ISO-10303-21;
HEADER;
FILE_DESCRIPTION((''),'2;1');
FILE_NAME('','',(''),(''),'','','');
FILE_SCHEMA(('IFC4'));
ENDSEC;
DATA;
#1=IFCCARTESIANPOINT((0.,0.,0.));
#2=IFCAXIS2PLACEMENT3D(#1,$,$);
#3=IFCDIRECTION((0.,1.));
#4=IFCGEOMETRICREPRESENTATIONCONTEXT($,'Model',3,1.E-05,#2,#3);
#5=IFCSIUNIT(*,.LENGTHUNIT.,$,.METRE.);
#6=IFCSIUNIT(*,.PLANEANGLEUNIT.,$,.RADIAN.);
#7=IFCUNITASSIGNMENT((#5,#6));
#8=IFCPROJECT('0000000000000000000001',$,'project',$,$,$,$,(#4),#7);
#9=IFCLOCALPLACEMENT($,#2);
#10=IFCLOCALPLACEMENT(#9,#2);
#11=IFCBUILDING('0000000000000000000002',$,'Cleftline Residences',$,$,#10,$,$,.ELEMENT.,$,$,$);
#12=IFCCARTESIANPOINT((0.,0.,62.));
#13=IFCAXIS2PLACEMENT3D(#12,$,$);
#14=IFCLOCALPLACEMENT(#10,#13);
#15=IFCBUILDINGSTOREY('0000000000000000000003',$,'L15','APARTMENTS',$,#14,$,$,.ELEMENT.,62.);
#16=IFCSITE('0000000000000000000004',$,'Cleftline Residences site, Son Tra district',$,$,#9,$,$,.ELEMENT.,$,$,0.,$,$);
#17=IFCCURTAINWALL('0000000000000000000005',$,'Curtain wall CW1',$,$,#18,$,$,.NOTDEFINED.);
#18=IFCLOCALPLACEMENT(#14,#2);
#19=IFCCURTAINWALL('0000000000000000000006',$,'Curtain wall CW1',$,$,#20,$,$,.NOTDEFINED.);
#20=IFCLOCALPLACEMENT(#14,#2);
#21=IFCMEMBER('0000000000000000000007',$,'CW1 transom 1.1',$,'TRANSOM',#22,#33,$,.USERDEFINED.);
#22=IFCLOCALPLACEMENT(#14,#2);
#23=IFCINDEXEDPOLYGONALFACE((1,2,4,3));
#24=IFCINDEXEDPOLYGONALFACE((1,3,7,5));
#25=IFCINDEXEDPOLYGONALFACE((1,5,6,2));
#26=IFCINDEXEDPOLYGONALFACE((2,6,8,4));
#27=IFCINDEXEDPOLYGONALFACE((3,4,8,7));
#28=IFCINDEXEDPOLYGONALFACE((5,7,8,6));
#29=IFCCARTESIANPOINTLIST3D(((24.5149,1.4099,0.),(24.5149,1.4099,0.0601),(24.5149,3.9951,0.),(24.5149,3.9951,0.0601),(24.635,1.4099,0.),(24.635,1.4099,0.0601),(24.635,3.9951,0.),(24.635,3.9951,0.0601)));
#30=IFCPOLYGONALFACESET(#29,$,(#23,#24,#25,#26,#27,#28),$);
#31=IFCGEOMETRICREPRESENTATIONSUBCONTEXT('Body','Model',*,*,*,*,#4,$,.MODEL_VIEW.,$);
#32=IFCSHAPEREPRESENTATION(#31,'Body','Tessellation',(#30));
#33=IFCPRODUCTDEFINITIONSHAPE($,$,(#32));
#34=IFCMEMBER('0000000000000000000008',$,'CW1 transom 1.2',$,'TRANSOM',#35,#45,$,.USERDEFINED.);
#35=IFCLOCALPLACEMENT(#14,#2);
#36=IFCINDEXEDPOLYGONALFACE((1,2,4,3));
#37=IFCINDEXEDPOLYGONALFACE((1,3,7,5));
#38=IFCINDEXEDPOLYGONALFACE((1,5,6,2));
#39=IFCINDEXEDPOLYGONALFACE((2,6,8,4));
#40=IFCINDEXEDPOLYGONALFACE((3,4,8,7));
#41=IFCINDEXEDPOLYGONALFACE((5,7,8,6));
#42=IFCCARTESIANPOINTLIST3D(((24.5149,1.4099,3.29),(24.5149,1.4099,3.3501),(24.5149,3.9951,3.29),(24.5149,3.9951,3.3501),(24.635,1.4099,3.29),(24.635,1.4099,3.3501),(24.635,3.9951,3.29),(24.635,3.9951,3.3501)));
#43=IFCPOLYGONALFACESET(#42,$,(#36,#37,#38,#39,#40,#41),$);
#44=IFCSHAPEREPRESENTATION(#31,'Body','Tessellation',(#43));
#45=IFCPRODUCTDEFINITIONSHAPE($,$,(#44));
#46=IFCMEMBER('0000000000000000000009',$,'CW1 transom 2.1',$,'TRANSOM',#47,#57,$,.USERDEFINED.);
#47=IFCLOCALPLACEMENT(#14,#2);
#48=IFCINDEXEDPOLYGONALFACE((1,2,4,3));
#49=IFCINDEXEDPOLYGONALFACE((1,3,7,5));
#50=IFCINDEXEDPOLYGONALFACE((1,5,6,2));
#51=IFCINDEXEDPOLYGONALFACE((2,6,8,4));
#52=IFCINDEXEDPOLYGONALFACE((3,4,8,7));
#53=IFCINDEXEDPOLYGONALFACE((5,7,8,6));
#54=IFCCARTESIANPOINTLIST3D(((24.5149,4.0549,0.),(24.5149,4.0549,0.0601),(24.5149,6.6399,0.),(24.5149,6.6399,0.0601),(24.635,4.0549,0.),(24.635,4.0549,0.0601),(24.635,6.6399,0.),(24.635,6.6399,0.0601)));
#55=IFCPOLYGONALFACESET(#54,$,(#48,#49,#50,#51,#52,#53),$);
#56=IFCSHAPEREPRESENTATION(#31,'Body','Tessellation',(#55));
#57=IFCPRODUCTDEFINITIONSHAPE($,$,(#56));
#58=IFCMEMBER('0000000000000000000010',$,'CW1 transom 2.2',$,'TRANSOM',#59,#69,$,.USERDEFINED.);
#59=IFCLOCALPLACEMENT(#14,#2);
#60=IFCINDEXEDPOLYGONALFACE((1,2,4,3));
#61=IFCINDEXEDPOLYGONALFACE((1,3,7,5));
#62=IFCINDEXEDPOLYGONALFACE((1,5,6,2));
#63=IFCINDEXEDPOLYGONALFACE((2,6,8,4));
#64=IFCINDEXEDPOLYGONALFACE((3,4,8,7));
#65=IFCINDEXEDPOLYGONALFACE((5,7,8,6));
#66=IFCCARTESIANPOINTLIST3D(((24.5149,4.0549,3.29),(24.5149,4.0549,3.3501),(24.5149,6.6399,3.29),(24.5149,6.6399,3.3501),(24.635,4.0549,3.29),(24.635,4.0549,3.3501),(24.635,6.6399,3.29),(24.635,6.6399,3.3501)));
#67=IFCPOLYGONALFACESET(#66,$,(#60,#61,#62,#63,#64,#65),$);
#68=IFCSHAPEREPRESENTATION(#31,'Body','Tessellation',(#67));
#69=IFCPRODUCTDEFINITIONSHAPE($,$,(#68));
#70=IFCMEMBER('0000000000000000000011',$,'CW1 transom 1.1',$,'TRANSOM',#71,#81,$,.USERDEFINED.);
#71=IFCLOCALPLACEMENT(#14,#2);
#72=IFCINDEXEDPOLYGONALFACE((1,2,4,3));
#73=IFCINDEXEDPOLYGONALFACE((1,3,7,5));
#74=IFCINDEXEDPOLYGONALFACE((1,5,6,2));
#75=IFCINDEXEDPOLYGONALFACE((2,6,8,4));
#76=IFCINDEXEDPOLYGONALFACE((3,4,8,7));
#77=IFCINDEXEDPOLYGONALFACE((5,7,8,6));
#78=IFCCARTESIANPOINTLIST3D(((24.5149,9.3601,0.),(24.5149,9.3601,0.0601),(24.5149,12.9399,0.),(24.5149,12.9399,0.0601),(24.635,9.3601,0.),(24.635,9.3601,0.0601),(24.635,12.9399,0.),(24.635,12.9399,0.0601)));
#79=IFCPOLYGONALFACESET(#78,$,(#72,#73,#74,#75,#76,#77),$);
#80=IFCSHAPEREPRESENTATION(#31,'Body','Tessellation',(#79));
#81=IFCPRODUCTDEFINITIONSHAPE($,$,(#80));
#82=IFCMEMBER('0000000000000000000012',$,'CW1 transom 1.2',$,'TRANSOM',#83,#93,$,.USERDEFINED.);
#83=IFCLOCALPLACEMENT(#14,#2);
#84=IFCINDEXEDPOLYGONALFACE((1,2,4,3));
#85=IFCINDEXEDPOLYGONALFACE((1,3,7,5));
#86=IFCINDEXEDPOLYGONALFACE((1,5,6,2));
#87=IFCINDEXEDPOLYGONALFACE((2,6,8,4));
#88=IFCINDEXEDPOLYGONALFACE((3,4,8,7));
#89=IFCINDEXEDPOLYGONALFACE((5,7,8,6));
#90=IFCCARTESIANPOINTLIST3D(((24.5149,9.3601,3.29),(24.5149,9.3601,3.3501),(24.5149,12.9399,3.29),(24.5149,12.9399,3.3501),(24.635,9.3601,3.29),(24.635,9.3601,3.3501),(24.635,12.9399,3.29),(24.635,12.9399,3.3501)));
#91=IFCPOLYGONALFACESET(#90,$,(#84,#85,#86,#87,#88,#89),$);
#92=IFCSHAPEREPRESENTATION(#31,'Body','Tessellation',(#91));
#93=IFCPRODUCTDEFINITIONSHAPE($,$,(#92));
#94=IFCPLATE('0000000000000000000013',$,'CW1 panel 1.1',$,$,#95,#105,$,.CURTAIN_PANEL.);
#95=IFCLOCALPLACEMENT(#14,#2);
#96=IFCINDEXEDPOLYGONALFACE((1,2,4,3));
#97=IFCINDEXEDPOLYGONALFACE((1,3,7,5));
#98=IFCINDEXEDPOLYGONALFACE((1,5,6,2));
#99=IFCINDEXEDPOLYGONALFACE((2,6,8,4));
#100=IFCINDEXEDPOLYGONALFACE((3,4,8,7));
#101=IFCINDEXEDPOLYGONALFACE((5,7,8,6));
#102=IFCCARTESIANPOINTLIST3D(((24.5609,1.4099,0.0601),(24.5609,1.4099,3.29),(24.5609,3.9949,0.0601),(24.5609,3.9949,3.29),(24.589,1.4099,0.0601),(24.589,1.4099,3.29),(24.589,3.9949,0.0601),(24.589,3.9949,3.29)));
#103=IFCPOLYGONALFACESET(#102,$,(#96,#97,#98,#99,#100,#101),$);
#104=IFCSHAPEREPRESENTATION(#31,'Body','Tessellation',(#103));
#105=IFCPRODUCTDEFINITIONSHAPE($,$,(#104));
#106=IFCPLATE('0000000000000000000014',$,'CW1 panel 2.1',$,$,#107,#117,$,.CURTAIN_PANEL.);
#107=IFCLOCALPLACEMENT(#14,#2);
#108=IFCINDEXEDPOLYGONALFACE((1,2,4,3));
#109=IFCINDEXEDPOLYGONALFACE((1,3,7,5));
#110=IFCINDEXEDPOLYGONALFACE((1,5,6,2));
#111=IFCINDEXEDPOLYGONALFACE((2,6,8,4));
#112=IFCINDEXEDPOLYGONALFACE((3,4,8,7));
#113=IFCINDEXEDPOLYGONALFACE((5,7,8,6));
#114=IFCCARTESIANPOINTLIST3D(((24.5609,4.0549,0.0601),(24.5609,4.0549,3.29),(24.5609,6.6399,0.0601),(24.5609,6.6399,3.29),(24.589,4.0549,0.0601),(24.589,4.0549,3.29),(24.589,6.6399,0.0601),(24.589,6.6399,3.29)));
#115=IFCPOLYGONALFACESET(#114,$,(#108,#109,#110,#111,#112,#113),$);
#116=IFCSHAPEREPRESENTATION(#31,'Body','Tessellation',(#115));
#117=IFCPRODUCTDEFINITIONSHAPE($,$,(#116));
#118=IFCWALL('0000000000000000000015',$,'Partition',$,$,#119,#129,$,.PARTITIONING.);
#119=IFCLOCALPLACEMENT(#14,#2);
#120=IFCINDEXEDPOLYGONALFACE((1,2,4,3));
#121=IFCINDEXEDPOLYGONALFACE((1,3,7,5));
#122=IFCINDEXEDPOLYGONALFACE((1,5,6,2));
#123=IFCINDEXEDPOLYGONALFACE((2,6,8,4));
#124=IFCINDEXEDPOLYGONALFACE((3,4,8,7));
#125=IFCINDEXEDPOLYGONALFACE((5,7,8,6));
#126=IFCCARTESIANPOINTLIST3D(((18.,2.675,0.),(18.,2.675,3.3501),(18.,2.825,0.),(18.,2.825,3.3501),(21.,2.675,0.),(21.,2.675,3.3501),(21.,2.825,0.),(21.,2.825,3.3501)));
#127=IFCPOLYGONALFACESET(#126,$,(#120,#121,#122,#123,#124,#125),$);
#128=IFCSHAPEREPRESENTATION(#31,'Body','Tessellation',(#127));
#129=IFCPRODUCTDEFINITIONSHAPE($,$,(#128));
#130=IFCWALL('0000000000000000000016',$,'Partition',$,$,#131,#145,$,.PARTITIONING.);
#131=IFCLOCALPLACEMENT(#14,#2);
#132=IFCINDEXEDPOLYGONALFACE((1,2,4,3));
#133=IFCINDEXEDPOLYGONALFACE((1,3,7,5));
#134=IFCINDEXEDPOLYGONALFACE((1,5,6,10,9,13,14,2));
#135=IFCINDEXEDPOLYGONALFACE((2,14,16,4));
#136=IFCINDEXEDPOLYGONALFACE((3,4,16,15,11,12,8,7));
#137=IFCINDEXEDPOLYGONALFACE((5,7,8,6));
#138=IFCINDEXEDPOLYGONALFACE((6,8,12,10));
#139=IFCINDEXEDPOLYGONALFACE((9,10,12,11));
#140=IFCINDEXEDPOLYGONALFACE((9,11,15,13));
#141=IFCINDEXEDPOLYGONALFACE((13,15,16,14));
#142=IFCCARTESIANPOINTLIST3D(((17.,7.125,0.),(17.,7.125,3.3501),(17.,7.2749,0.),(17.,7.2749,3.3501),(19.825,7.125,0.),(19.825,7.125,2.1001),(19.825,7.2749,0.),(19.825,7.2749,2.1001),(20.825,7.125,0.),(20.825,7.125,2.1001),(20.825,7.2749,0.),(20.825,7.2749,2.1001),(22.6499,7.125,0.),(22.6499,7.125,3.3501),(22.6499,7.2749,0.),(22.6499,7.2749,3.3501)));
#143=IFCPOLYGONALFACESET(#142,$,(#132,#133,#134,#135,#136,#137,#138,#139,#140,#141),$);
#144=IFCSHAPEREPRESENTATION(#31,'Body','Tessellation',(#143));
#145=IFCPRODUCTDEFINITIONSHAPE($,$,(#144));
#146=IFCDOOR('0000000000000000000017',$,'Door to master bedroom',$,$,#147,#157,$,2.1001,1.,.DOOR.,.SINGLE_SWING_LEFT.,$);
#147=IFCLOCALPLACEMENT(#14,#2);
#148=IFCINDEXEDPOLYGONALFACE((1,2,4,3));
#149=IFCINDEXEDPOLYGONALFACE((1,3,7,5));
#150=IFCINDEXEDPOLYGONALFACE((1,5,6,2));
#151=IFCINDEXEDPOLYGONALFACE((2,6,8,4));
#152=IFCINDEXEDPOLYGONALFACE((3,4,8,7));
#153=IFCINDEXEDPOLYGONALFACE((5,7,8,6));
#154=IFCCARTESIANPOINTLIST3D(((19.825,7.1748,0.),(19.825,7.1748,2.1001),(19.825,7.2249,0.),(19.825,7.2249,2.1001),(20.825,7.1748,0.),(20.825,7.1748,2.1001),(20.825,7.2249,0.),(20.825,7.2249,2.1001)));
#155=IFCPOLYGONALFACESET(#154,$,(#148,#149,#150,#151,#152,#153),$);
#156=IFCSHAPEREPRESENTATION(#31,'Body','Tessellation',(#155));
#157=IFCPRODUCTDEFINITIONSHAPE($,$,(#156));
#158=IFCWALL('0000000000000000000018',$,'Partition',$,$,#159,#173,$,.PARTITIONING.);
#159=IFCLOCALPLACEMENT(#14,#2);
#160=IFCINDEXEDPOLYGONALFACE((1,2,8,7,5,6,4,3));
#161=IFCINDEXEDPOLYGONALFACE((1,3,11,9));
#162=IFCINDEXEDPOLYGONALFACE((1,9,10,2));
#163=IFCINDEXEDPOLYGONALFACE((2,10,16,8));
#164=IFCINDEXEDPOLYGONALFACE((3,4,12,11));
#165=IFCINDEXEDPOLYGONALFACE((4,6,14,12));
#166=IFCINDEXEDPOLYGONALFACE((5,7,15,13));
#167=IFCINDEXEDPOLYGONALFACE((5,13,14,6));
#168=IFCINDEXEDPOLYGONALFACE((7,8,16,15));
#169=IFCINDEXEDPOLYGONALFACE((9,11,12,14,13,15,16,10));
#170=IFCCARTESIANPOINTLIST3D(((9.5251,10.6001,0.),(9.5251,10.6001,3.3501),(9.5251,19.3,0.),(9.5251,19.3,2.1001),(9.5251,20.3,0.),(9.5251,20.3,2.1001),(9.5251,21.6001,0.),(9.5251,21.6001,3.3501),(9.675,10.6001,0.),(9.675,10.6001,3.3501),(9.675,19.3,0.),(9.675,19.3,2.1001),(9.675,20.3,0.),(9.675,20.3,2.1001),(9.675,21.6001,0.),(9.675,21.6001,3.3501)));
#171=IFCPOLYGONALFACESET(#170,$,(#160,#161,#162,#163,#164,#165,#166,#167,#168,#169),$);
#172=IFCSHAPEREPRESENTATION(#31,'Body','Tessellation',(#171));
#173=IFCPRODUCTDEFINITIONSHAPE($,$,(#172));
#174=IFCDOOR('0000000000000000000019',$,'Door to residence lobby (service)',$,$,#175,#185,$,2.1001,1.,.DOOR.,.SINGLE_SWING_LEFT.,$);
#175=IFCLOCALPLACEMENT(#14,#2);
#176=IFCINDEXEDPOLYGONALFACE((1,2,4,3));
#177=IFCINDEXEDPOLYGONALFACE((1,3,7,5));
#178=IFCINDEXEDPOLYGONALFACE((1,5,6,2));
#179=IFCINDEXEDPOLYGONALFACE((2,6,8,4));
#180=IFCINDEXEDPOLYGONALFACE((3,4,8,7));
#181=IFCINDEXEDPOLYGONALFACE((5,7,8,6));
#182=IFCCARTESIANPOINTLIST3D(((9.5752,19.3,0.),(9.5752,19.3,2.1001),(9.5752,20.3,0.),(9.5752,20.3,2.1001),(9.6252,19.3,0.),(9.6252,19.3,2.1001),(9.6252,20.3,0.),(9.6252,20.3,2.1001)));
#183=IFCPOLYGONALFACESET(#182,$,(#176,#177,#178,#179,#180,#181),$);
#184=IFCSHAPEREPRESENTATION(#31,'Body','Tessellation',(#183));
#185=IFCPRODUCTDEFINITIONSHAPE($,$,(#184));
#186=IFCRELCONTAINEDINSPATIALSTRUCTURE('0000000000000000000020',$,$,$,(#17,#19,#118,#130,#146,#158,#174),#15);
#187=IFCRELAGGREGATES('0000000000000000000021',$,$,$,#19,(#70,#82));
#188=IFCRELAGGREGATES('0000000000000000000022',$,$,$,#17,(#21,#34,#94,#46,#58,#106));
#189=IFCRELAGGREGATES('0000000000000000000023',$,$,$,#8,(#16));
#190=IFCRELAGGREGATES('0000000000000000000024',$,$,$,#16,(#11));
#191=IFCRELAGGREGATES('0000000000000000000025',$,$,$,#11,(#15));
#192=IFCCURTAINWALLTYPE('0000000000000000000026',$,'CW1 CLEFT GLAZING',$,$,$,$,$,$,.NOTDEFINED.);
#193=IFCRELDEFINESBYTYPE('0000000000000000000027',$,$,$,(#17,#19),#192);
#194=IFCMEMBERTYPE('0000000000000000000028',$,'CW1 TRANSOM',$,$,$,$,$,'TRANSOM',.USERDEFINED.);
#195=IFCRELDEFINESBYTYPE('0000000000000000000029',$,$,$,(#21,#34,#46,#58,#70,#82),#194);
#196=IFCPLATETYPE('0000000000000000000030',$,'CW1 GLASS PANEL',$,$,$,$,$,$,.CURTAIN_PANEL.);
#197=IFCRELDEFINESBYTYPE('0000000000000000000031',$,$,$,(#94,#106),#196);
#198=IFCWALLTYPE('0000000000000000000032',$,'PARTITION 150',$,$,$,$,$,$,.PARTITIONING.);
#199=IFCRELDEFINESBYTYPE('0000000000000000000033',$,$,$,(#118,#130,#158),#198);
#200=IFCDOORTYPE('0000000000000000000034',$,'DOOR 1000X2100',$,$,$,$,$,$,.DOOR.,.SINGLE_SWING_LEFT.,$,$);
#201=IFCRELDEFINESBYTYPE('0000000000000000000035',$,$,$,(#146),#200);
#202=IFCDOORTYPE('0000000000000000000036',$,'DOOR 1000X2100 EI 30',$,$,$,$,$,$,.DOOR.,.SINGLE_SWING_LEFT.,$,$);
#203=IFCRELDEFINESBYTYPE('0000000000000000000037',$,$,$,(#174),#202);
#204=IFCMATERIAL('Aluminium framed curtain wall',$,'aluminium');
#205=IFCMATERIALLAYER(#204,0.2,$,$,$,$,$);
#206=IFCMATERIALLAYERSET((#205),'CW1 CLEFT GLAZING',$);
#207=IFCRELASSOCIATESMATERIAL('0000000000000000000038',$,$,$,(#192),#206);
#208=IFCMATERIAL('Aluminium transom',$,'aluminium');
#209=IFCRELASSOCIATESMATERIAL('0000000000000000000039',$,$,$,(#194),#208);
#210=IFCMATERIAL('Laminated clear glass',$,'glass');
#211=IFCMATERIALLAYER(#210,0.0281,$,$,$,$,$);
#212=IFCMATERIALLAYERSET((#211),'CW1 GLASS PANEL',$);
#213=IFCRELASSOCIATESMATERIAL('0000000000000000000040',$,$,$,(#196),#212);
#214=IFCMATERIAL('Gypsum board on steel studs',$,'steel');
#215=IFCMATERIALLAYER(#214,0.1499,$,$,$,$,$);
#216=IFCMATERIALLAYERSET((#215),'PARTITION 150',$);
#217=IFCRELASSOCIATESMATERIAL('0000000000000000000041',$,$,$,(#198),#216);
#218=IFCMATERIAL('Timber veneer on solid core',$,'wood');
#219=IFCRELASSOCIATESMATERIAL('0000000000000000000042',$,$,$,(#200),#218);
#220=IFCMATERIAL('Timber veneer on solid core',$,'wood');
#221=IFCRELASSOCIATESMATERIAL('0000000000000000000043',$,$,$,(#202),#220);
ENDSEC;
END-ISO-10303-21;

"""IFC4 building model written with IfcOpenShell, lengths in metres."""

from ifc_helpers import new_model, si_unit, direction, frame, frame_2d, origin, origin_2d, place, context, subcontext, project, spatial, rectangle, extrude, material, layer, layer_set, material_profile, profile_set, type_object, element, fill, aggregate, save


model = new_model("IFC4")

# Units and contexts
model_context = context("Model", 3, precision=1e-05, world=origin(), true_north=direction((0.0, 1.0)))
body_context = subcontext(model_context, "Body", "Model", "MODEL_VIEW")
ifc_project = project(units=[si_unit("LENGTHUNIT", "METRE"), si_unit("PLANEANGLEUNIT", "RADIAN")], contexts=[model_context])

# Site, building, storey
site_placement = place(None, origin())
site = spatial("IfcSite", under=ifc_project, at=site_placement, Name="Cleftline Residences site, Son Tra district", CompositionType="ELEMENT", RefElevation=0.0)
building_placement = place(site_placement, origin())
building = spatial("IfcBuilding", under=site, at=building_placement, Name="Cleftline Residences", CompositionType="ELEMENT")
storey_placement = place(building_placement, frame((0.0, 0.0, 62.0)))
storey = spatial("IfcBuildingStorey", under=building, at=storey_placement, Name="L15", Description="APARTMENTS", CompositionType="ELEMENT", Elevation=62.0)

# Curtain wall
ifc_material_1 = material(Name="Aluminium framed curtain wall", Category="aluminium")
ifc_layer_1 = layer(ifc_material_1, 0.2)
ifc_layer_set_1 = layer_set([ifc_layer_1], Name="CW1 CLEFT GLAZING")
curtain_wall_type = type_object("IfcCurtainWallType", Name="CW1 CLEFT GLAZING", PredefinedType="NOTDEFINED", material=ifc_layer_set_1)
curtain_wall_1_placement = place(storey_placement, origin())
curtain_wall_1 = element("IfcCurtainWall", 1, at=curtain_wall_1_placement, inside=storey, type_object=curtain_wall_type, Name="Curtain wall CW1", PredefinedType="NOTDEFINED")

# Curtain wall
curtain_wall_2_placement = place(storey_placement, origin())
curtain_wall_2 = element("IfcCurtainWall", 2, at=curtain_wall_2_placement, inside=storey, type_object=curtain_wall_type, Name="Curtain wall CW1", PredefinedType="NOTDEFINED")

# Members
ifc_material_2 = material(Name="Aluminium transom", Category="aluminium")
ifc_material_profile_1 = material_profile(ifc_material_2, rectangle(XDim=0.1201, YDim=0.0601, at=origin_2d()))
ifc_profile_set_1 = profile_set([ifc_material_profile_1], Name="Aluminium transom")
member_type_1 = type_object("IfcMemberType", Name="CW1 TRANSOM", ElementType="TRANSOM", PredefinedType="USERDEFINED", material=ifc_profile_set_1)
member_1_placement = place(storey_placement, frame((24.575, 1.4099, 0.03), z_axis=(0.0, 1.0, 0.0), x_axis=(-1.0, 0.0, 0.0)))
member_1 = element("IfcMember", 3, at=member_1_placement, type_object=member_type_1, Name="CW1 transom 1.1", ObjectType="TRANSOM", PredefinedType="USERDEFINED", context=body_context, shape_type="SweptSolid", body=[
    extrude(rectangle(XDim=0.1201, YDim=0.0601, at=origin_2d()), origin(), (0.0, 0.0, 1.0), 2.5852),
])
member_2_placement = place(storey_placement, frame((24.575, 1.4099, 3.3201), z_axis=(0.0, 1.0, 0.0), x_axis=(-1.0, 0.0, 0.0)))
member_2 = element("IfcMember", 4, at=member_2_placement, type_object=member_type_1, Name="CW1 transom 1.2", ObjectType="TRANSOM", PredefinedType="USERDEFINED", context=body_context, shape_type="SweptSolid", body=[
    extrude(rectangle(XDim=0.1201, YDim=0.0601, at=origin_2d()), origin(), (0.0, 0.0, 1.0), 2.5852),
])
member_3_placement = place(storey_placement, frame((24.575, 4.0549, 0.03), z_axis=(0.0, 1.0, 0.0), x_axis=(-1.0, 0.0, 0.0)))
member_3 = element("IfcMember", 5, at=member_3_placement, type_object=member_type_1, Name="CW1 transom 2.1", ObjectType="TRANSOM", PredefinedType="USERDEFINED", context=body_context, shape_type="SweptSolid", body=[
    extrude(rectangle(XDim=0.1201, YDim=0.0601, at=origin_2d()), origin(), (0.0, 0.0, 1.0), 2.585),
])
member_4_placement = place(storey_placement, frame((24.575, 4.0549, 3.3201), z_axis=(0.0, 1.0, 0.0), x_axis=(-1.0, 0.0, 0.0)))
member_4 = element("IfcMember", 6, at=member_4_placement, type_object=member_type_1, Name="CW1 transom 2.2", ObjectType="TRANSOM", PredefinedType="USERDEFINED", context=body_context, shape_type="SweptSolid", body=[
    extrude(rectangle(XDim=0.1201, YDim=0.0601, at=origin_2d()), origin(), (0.0, 0.0, 1.0), 2.585),
])
member_5_placement = place(storey_placement, frame((24.575, 9.3601, 0.03), z_axis=(0.0, 1.0, 0.0), x_axis=(-1.0, 0.0, 0.0)))
member_5 = element("IfcMember", 7, at=member_5_placement, type_object=member_type_1, Name="CW1 transom 1.1", ObjectType="TRANSOM", PredefinedType="USERDEFINED", context=body_context, shape_type="SweptSolid", body=[
    extrude(rectangle(XDim=0.1201, YDim=0.0601, at=origin_2d()), origin(), (0.0, 0.0, 1.0), 3.5798),
])
member_6_placement = place(storey_placement, frame((24.575, 9.3601, 3.3201), z_axis=(0.0, 1.0, 0.0), x_axis=(-1.0, 0.0, 0.0)))
member_6 = element("IfcMember", 8, at=member_6_placement, type_object=member_type_1, Name="CW1 transom 1.2", ObjectType="TRANSOM", PredefinedType="USERDEFINED", context=body_context, shape_type="SweptSolid", body=[
    extrude(rectangle(XDim=0.1201, YDim=0.0601, at=origin_2d()), origin(), (0.0, 0.0, 1.0), 3.5798),
])
aggregate(curtain_wall_2, [member_5, member_6])

# Plates
ifc_material_3 = material(Name="Laminated clear glass", Category="glass")
ifc_layer_2 = layer(ifc_material_3, 0.0281)
ifc_layer_set_2 = layer_set([ifc_layer_2], Name="CW1 GLASS PANEL")
plate_type = type_object("IfcPlateType", Name="CW1 GLASS PANEL", PredefinedType="CURTAIN_PANEL", material=ifc_layer_set_2)
plate_1_placement = place(storey_placement, frame((24.575, 2.7024, 0.0601), z_axis=(0.0, 0.0, 1.0), x_axis=(0.0, 1.0, 0.0)))
plate_1 = element("IfcPlate", 9, at=plate_1_placement, type_object=plate_type, Name="CW1 panel 1.1", PredefinedType="CURTAIN_PANEL", context=body_context, shape_type="SweptSolid", body=[
    extrude(rectangle(XDim=2.585, YDim=0.0281, at=origin_2d()), origin(), (0.0, 0.0, 1.0), 3.23),
])
plate_2_placement = place(storey_placement, frame((24.575, 5.3474, 0.0601), z_axis=(0.0, 0.0, 1.0), x_axis=(0.0, 1.0, 0.0)))
plate_2 = element("IfcPlate", 10, at=plate_2_placement, type_object=plate_type, Name="CW1 panel 2.1", PredefinedType="CURTAIN_PANEL", context=body_context, shape_type="SweptSolid", body=[
    extrude(rectangle(XDim=2.585, YDim=0.0281, at=origin_2d()), origin(), (0.0, 0.0, 1.0), 3.23),
])
aggregate(curtain_wall_1, [member_1, member_2, plate_1, member_3, member_4, plate_2])

# Wall
ifc_material_4 = material(Name="Gypsum board on steel studs", Category="steel")
ifc_layer_3 = layer(ifc_material_4, 0.1499)
ifc_layer_set_3 = layer_set([ifc_layer_3], Name="PARTITION 150")
wall_type = type_object("IfcWallType", Name="PARTITION 150", PredefinedType="PARTITIONING", material=ifc_layer_set_3)
wall_1_placement = place(storey_placement, frame((18.0, 2.75, 0.0), z_axis=(0.0, 0.0, 1.0), x_axis=(1.0, 0.0, 0.0)))
element("IfcWall", 11, at=wall_1_placement, inside=storey, type_object=wall_type, Name="Partition", PredefinedType="PARTITIONING", context=body_context, shape_type="SweptSolid", body=[
    extrude(rectangle(XDim=3.0, YDim=0.1499, at=frame_2d((1.5, 0.0))), origin(), (0.0, 0.0, 1.0), 3.3501),
])

# Walls, openings, doors
wall_2_placement = place(storey_placement, frame((17.0, 7.2, 0.0), z_axis=(0.0, 0.0, 1.0), x_axis=(1.0, 0.0, 0.0)))
wall_2 = element("IfcWall", 12, at=wall_2_placement, inside=storey, type_object=wall_type, Name="Partition", PredefinedType="PARTITIONING", context=body_context, shape_type="SweptSolid", body=[
    extrude(rectangle(XDim=5.6499, YDim=0.1499, at=frame_2d((2.825, 0.0))), origin(), (0.0, 0.0, 1.0), 3.3501),
])
opening_1_placement = place(wall_2_placement, frame((2.825, 0.0, 0.0)))
opening_1 = element("IfcOpeningElement", 13, at=opening_1_placement, cuts=wall_2, PredefinedType="OPENING", context=body_context, shape_type="SweptSolid", body=[
    extrude(rectangle(XDim=1.0, YDim=2.1001, at=frame_2d((0.5, 1.05))), frame((0.0, 0.085, 0.0), z_axis=(0.0, -1.0, 0.0), x_axis=(1.0, 0.0, 0.0)), (0.0, 0.0, 1.0), 0.1699),
])
ifc_material_5 = material(Name="Timber veneer on solid core", Category="wood")
door_type_1 = type_object("IfcDoorType", Name="DOOR 1000X2100", OperationType="SINGLE_SWING_LEFT", PredefinedType="DOOR", material=ifc_material_5)
door_1_placement = place(opening_1_placement, origin())
door_1 = element("IfcDoor", 14, at=door_1_placement, inside=storey, type_object=door_type_1, Name="Door to master bedroom", OperationType="SINGLE_SWING_LEFT", OverallHeight=2.1001, OverallWidth=1.0, PredefinedType="DOOR", context=body_context, shape_type="SweptSolid", body=[
    extrude(rectangle(XDim=1.0, YDim=2.1001, at=frame_2d((0.5, 1.05))), frame((0.0, 0.0249, 0.0), z_axis=(0.0, -1.0, 0.0), x_axis=(1.0, 0.0, 0.0)), (0.0, 0.0, 1.0), 0.05),
])
fill(opening_1, door_1)
wall_3_placement = place(storey_placement, frame((9.6001, 10.6001, 0.0), z_axis=(0.0, 0.0, 1.0), x_axis=(0.0, 1.0, 0.0)))
wall_3 = element("IfcWall", 15, at=wall_3_placement, inside=storey, type_object=wall_type, Name="Partition", PredefinedType="PARTITIONING", context=body_context, shape_type="SweptSolid", body=[
    extrude(rectangle(XDim=11.0, YDim=0.1499, at=frame_2d((5.5, 0.0))), origin(), (0.0, 0.0, 1.0), 3.3501),
])
opening_2_placement = place(wall_3_placement, frame((8.7, 0.0, 0.0)))
opening_2 = element("IfcOpeningElement", 16, at=opening_2_placement, cuts=wall_3, PredefinedType="OPENING", context=body_context, shape_type="SweptSolid", body=[
    extrude(rectangle(XDim=1.0, YDim=2.1001, at=frame_2d((0.5, 1.05))), frame((0.0, 0.085, 0.0), z_axis=(0.0, -1.0, 0.0), x_axis=(1.0, 0.0, 0.0)), (0.0, 0.0, 1.0), 0.1699),
])
ifc_material_6 = material(Name="Timber veneer on solid core", Category="wood")
door_type_2 = type_object("IfcDoorType", Name="DOOR 1000X2100 EI 30", OperationType="SINGLE_SWING_LEFT", PredefinedType="DOOR", material=ifc_material_6)
door_2_placement = place(opening_2_placement, origin())
door_2 = element("IfcDoor", 17, at=door_2_placement, inside=storey, type_object=door_type_2, Name="Door to residence lobby (service)", OperationType="SINGLE_SWING_LEFT", OverallHeight=2.1001, OverallWidth=1.0, PredefinedType="DOOR", context=body_context, shape_type="SweptSolid", body=[
    extrude(rectangle(XDim=1.0, YDim=2.1001, at=frame_2d((0.5, 1.05))), frame((0.0, 0.0249, 0.0), z_axis=(0.0, -1.0, 0.0), x_axis=(1.0, 0.0, 0.0)), (0.0, 0.0, 1.0), 0.05),
])
fill(opening_2, door_2)

save(model, "model.ifc")
